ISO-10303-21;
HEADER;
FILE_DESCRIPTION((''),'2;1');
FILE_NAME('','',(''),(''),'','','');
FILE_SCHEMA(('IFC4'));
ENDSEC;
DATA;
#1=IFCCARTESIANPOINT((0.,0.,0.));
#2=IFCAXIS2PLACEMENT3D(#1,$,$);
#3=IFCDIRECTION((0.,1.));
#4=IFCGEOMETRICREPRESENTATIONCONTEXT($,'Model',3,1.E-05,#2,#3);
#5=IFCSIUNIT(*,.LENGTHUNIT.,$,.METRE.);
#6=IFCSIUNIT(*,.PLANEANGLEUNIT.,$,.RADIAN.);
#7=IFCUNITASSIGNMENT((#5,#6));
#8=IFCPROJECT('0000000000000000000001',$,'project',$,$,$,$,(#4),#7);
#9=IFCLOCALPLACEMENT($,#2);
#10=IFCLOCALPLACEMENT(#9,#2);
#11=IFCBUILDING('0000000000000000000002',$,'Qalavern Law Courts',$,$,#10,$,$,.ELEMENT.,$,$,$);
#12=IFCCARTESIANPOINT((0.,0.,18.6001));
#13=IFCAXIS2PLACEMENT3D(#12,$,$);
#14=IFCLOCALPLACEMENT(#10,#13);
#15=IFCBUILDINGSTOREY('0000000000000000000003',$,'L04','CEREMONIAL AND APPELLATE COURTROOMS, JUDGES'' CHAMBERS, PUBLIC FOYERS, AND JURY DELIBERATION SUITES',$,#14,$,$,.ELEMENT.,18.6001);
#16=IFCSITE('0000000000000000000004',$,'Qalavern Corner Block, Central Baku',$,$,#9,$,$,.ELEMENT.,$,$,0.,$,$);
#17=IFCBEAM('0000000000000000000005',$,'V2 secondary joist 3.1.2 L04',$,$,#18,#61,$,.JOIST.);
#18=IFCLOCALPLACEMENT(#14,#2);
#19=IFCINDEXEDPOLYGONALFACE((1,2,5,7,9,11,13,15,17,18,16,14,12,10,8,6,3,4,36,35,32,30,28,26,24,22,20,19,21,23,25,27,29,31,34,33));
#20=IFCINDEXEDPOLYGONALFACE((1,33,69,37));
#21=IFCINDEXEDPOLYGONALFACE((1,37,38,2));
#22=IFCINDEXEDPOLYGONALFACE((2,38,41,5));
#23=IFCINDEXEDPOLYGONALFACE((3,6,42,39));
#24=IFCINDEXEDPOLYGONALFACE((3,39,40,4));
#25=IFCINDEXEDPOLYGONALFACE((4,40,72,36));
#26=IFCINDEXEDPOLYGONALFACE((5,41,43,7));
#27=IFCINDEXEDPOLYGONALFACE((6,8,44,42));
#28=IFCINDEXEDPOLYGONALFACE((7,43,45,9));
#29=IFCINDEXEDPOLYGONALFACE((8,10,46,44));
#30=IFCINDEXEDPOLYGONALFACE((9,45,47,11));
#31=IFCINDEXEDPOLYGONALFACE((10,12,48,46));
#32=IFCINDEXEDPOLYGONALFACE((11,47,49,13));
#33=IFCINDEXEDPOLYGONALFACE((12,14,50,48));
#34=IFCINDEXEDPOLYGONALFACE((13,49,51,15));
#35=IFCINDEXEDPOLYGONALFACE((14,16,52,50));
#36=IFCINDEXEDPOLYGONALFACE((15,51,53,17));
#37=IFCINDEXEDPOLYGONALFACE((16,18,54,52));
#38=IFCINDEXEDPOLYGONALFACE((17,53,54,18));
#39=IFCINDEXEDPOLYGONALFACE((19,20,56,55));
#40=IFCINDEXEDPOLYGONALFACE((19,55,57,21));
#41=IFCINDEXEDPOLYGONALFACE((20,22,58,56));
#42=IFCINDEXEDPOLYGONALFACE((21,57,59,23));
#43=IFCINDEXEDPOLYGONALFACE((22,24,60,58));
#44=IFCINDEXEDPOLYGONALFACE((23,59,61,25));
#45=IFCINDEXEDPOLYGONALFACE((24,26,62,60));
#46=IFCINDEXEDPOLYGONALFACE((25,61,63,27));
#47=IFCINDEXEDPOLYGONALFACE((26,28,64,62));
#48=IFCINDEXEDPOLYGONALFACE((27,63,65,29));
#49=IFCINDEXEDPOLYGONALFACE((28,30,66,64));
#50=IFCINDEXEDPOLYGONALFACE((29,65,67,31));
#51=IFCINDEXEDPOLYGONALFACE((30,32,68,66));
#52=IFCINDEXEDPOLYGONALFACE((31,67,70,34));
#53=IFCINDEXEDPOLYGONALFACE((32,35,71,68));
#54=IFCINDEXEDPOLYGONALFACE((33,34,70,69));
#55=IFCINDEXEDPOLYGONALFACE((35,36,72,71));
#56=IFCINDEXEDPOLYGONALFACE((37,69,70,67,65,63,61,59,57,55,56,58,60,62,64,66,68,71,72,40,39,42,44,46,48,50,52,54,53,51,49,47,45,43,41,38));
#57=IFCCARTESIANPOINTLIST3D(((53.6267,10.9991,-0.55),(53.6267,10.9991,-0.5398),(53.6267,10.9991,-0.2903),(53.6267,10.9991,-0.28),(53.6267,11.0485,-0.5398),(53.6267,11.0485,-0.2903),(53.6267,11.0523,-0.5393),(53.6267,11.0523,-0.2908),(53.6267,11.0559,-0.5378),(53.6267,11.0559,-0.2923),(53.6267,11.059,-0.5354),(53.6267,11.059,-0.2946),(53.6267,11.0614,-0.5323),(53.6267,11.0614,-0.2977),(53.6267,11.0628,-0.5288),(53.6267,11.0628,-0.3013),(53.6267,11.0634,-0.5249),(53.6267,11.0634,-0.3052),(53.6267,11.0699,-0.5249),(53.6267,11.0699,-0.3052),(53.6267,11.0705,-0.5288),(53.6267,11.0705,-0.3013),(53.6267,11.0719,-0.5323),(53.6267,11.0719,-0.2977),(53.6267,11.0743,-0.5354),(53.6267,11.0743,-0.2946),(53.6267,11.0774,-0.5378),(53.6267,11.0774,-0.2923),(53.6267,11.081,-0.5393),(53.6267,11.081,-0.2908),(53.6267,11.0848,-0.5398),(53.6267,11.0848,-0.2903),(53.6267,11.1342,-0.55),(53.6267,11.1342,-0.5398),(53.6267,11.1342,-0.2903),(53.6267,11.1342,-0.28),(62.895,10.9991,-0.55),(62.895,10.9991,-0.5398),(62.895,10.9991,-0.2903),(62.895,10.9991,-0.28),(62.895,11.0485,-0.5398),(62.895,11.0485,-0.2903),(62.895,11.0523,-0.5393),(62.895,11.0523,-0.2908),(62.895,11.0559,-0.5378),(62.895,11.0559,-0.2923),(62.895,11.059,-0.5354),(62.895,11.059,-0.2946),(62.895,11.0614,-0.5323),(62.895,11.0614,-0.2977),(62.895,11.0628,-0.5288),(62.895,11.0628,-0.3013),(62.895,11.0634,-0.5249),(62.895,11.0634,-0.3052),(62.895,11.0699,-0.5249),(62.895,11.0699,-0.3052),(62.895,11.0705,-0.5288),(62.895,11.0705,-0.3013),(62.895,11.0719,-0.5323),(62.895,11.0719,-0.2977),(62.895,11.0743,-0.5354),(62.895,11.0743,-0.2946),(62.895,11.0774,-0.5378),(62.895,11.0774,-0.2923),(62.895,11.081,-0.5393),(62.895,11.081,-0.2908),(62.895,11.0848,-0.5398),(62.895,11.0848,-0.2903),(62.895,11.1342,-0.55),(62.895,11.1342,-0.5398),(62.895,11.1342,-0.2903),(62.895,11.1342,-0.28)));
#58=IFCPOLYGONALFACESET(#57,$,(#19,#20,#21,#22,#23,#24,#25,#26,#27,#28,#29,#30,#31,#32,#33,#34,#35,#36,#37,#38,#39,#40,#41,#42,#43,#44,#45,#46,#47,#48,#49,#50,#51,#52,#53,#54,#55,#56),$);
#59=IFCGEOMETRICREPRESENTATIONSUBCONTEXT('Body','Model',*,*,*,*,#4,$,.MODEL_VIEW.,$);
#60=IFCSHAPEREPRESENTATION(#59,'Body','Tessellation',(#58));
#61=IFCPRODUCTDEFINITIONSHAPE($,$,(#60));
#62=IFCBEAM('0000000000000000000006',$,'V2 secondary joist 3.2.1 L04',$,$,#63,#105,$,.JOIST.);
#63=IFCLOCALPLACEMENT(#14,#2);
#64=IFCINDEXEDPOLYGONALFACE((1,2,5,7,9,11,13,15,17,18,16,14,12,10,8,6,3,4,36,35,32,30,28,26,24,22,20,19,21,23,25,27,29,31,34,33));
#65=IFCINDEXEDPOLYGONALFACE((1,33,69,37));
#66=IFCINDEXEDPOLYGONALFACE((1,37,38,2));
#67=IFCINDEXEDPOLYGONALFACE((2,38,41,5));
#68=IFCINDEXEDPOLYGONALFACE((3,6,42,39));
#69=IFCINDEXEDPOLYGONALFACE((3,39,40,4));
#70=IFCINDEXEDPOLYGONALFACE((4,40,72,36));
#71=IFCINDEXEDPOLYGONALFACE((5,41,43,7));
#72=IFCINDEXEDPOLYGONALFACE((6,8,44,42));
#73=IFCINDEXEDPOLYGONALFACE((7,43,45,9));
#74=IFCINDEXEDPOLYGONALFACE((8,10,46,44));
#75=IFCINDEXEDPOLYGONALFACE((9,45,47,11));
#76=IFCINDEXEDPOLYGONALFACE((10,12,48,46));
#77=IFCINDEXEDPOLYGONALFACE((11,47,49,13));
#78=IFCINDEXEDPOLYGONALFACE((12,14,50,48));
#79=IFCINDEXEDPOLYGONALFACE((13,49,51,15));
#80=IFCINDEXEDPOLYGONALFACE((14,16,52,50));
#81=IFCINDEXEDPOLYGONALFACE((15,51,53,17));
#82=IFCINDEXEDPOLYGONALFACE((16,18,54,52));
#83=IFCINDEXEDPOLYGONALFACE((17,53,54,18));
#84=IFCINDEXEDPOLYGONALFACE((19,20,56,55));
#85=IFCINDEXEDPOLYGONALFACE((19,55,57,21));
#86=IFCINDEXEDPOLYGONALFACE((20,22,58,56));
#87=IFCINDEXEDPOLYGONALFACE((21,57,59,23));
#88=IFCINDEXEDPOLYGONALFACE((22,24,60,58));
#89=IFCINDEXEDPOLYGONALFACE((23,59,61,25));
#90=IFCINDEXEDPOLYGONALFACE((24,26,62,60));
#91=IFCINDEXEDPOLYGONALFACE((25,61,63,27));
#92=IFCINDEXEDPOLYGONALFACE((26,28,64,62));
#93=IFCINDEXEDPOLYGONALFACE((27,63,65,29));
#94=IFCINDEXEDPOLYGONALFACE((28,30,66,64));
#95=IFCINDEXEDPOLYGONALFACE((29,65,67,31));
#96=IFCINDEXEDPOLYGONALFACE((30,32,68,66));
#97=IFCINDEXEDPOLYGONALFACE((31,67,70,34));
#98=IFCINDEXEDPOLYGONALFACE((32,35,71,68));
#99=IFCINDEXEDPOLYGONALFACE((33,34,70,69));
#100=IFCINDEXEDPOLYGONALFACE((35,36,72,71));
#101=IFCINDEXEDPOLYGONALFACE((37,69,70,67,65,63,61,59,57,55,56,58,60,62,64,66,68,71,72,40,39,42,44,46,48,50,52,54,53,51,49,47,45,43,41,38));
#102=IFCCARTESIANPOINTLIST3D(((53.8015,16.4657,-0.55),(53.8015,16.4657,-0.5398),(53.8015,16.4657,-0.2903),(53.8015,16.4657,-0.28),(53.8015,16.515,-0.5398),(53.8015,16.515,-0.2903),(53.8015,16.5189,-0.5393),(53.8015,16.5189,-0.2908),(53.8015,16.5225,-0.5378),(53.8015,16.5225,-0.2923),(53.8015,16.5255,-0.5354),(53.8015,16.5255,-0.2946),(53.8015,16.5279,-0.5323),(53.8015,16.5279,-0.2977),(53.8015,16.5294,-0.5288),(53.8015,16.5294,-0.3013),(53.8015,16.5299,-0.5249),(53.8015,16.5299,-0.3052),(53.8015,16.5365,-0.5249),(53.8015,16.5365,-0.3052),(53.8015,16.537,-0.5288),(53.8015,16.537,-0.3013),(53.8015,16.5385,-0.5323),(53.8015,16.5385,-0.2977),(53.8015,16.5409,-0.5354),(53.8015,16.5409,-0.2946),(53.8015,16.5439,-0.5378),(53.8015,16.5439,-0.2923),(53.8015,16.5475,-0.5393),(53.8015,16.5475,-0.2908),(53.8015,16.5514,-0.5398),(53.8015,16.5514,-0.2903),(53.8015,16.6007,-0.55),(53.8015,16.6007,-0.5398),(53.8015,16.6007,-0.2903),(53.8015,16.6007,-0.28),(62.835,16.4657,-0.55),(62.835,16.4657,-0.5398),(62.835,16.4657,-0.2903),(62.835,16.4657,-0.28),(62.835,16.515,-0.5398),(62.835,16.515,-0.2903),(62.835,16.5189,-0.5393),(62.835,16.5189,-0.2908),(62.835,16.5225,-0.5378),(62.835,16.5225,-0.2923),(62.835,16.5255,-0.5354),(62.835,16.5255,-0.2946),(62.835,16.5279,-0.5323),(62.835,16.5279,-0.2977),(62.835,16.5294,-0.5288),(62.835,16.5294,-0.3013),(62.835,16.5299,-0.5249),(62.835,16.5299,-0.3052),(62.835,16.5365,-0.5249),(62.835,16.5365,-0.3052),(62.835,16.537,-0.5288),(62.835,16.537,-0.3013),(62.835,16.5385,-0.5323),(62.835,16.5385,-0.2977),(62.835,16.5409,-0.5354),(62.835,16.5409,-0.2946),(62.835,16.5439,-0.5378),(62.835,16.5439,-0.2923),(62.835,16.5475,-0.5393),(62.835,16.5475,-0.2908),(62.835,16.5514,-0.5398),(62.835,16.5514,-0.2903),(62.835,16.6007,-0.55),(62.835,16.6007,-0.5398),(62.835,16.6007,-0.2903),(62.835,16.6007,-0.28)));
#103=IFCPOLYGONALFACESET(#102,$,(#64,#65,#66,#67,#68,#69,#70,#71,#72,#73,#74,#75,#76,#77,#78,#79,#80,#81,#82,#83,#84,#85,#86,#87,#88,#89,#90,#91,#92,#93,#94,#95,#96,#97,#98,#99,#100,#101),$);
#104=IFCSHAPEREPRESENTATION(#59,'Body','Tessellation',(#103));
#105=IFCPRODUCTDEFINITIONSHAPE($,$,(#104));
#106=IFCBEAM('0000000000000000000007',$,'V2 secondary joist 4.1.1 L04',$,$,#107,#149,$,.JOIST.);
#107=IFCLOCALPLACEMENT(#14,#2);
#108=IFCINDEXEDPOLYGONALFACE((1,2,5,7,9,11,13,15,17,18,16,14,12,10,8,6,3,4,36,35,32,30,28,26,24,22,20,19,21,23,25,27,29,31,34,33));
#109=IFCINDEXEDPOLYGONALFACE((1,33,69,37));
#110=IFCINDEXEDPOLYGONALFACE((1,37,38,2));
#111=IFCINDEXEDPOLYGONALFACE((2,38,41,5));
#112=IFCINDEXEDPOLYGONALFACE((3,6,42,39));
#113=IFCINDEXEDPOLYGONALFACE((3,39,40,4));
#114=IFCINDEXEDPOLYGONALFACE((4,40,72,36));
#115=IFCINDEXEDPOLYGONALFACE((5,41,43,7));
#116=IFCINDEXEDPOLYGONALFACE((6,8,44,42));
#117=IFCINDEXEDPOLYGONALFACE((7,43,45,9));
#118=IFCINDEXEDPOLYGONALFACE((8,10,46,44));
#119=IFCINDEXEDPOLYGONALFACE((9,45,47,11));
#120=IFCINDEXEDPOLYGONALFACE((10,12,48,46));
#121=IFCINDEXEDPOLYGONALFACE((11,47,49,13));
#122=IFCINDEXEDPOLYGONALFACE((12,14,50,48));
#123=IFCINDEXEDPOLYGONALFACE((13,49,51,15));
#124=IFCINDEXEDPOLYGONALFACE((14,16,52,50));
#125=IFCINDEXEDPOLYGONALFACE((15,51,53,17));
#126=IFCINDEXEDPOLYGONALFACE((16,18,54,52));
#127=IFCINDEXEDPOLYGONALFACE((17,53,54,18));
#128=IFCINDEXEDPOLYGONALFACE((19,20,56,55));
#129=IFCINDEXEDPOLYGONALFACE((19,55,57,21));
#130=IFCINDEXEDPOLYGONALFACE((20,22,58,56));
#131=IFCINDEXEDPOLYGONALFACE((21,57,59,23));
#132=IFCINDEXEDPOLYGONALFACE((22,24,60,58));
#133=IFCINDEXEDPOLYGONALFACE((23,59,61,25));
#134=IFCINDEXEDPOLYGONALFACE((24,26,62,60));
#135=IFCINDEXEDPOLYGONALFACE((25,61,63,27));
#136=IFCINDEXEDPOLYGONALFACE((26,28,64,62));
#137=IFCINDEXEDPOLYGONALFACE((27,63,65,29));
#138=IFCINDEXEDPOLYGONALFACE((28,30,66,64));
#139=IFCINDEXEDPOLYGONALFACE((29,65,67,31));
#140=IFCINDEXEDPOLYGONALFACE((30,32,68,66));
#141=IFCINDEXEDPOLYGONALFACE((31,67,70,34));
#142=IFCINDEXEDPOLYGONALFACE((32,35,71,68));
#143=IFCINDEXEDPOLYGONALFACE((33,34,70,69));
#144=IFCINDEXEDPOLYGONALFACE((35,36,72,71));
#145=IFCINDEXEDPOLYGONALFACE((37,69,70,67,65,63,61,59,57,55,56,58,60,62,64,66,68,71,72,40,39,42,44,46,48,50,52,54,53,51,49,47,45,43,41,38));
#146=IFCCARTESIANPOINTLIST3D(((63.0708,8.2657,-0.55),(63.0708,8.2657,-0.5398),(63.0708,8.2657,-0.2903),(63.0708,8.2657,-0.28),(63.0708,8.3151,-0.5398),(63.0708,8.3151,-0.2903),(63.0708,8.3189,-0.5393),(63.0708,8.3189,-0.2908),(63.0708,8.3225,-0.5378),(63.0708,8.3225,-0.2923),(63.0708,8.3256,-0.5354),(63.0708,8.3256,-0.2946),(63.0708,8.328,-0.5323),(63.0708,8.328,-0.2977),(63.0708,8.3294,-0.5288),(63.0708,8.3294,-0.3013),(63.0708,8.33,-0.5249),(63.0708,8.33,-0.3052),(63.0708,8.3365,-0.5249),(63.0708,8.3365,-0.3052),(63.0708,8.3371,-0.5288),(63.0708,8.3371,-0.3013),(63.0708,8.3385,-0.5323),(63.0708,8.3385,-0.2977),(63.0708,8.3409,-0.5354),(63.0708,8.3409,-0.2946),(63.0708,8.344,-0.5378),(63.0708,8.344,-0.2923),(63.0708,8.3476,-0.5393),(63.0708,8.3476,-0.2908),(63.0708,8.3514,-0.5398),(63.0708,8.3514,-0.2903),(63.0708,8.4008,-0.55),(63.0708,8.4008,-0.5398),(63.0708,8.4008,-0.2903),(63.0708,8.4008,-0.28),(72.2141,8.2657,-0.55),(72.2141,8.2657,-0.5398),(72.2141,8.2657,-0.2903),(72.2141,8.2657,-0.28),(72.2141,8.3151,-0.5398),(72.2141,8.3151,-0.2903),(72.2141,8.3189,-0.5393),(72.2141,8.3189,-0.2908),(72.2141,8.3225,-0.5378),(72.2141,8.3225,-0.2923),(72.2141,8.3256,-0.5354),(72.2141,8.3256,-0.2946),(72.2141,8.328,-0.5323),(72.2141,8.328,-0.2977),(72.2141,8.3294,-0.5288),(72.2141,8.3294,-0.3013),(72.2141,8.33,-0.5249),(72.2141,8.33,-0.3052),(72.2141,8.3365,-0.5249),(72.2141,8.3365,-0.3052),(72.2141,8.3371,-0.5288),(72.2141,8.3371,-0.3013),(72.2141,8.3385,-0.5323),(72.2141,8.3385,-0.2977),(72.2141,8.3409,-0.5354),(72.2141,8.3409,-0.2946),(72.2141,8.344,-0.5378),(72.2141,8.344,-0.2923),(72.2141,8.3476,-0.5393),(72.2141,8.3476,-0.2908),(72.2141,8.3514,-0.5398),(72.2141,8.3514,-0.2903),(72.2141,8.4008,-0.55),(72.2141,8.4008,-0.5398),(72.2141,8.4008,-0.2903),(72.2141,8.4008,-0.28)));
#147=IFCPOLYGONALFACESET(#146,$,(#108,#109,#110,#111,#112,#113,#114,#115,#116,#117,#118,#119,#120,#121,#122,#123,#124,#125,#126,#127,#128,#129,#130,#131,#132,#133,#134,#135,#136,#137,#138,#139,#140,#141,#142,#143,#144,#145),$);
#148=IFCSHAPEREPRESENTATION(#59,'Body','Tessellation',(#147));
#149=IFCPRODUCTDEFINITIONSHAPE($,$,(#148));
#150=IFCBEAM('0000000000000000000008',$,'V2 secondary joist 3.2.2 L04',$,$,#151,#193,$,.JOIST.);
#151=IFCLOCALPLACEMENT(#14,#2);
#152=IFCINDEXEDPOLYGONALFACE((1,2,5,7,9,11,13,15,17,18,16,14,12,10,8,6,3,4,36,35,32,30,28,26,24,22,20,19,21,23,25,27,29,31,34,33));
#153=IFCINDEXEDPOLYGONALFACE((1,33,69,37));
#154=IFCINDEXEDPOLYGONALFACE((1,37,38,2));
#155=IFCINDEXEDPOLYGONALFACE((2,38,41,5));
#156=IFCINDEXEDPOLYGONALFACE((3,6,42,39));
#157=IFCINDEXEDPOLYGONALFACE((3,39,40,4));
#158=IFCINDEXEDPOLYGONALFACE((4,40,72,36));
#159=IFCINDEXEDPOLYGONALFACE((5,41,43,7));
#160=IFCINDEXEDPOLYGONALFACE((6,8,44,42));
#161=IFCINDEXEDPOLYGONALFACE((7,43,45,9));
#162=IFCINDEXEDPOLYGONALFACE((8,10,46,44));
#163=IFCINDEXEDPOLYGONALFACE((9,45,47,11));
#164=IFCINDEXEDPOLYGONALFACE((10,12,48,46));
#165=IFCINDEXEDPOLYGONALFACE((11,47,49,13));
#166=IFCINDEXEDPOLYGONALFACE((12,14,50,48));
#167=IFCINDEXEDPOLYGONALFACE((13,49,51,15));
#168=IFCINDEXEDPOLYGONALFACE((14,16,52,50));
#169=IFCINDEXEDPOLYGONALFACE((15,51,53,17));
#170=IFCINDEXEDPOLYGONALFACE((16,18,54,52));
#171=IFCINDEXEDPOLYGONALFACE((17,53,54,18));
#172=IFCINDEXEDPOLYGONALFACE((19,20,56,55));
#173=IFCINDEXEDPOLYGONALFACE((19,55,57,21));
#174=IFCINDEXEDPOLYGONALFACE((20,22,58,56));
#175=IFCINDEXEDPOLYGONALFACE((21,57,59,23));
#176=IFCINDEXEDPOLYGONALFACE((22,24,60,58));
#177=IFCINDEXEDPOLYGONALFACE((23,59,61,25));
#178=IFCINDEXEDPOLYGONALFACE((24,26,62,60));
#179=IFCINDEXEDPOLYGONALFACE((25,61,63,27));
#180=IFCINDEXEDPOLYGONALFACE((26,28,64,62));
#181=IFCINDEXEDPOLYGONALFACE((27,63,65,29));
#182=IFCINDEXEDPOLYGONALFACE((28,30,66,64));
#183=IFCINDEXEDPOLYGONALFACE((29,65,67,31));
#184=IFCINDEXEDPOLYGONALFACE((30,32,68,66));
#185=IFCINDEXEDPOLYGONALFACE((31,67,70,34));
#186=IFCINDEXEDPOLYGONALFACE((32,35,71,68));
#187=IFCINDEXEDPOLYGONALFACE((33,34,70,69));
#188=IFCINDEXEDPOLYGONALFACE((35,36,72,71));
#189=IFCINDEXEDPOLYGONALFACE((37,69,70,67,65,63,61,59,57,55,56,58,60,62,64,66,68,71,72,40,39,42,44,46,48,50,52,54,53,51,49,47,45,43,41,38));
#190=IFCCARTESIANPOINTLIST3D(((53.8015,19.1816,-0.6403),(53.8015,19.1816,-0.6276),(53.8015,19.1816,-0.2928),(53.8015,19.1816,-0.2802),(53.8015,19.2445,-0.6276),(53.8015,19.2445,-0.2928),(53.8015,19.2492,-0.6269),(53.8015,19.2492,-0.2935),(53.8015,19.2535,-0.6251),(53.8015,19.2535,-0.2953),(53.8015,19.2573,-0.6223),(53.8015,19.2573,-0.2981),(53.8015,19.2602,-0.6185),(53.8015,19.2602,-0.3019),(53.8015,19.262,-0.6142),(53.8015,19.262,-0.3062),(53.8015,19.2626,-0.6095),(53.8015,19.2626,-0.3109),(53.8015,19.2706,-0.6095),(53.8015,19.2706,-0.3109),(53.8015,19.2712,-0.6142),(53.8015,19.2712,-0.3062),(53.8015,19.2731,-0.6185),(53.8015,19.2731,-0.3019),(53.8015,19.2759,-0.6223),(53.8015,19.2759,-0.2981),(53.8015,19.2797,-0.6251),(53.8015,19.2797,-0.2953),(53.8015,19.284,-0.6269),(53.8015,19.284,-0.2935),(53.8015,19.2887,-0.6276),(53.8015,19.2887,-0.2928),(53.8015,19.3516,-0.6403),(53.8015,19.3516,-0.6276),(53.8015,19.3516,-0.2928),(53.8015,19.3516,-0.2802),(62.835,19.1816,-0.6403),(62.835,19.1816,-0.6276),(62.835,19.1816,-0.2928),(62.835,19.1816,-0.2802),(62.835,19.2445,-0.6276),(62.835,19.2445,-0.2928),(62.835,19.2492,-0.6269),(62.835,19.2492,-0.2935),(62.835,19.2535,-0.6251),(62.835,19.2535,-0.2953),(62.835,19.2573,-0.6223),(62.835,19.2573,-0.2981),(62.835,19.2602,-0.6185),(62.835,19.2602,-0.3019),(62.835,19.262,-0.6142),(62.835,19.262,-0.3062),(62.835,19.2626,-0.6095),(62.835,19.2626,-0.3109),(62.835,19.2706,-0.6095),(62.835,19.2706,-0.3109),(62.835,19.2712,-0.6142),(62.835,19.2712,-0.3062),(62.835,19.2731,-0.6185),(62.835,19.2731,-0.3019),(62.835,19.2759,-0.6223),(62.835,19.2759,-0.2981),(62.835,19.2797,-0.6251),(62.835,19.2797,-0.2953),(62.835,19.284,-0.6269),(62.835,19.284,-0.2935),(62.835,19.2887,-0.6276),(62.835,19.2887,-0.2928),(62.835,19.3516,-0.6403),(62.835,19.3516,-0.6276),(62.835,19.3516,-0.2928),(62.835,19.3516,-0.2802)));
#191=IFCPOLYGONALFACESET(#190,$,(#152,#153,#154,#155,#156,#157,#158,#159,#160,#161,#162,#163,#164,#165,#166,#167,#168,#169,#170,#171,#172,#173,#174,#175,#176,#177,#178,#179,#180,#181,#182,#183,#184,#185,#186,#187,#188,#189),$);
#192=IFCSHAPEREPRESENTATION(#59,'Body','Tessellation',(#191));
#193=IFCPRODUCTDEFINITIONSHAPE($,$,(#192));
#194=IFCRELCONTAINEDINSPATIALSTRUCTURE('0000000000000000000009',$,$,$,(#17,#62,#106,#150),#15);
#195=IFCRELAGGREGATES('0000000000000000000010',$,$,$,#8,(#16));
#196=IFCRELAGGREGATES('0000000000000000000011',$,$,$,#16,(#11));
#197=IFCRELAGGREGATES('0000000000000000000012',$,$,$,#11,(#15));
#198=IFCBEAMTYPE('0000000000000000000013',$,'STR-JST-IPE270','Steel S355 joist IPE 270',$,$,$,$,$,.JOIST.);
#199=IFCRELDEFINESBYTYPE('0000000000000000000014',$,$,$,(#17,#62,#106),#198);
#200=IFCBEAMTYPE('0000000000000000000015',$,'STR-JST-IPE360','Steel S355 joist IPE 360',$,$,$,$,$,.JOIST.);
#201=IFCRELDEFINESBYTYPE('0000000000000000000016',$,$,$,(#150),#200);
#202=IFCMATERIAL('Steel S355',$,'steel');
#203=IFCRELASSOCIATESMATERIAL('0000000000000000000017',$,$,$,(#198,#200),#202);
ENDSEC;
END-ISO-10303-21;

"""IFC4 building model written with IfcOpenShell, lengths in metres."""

from ifc_helpers import new_model, si_unit, direction, frame, origin, origin_2d, place, context, subcontext, project, spatial, i_section, extrude, material, material_profile, profile_set, type_object, element, save


model = new_model("IFC4")

# Units and contexts
model_context = context("Model", 3, precision=1e-05, world=origin(), true_north=direction((0.0, 1.0)))
body_context = subcontext(model_context, "Body", "Model", "MODEL_VIEW")
ifc_project = project(units=[si_unit("LENGTHUNIT", "METRE"), si_unit("PLANEANGLEUNIT", "RADIAN")], contexts=[model_context])

# Site, building, storey
site_placement = place(None, origin())
site = spatial("IfcSite", under=ifc_project, at=site_placement, Name="Qalavern Corner Block, Central Baku", CompositionType="ELEMENT", RefElevation=0.0)
building_placement = place(site_placement, origin())
building = spatial("IfcBuilding", under=site, at=building_placement, Name="Qalavern Law Courts", CompositionType="ELEMENT")
storey_placement = place(building_placement, frame((0.0, 0.0, 18.6001)))
storey = spatial("IfcBuildingStorey", under=building, at=storey_placement, Name="L04", Description="CEREMONIAL AND APPELLATE COURTROOMS, JUDGES' CHAMBERS, PUBLIC FOYERS, AND JURY DELIBERATION SUITES", CompositionType="ELEMENT", Elevation=18.6001)

# Beams
ifc_material_1 = material(Name="Steel S355", Category="steel")
ifc_material_profile_1 = material_profile(ifc_material_1, i_section(OverallWidth=0.135, OverallDepth=0.27, WebThickness=0.0066, FlangeThickness=0.0103, FilletRadius=0.0149, at=origin_2d()), Name="IPE 270")
ifc_profile_set_1 = profile_set([ifc_material_profile_1], Name="Steel S355")
beam_type_1 = type_object("IfcBeamType", Name="STR-JST-IPE270", Description="Steel S355 joist IPE 270", PredefinedType="JOIST", material=ifc_profile_set_1)
beam_1_placement = place(storey_placement, frame((53.6267, 11.0667, -0.415), z_axis=(1.0, 0.0, 0.0), x_axis=(0.0, 1.0, 0.0)))
element("IfcBeam", 1, at=beam_1_placement, inside=storey, type_object=beam_type_1, Name="V2 secondary joist 3.1.2 L04", PredefinedType="JOIST", context=body_context, shape_type="SweptSolid", body=[
    extrude(i_section(OverallWidth=0.135, OverallDepth=0.27, WebThickness=0.0066, FlangeThickness=0.0103, FilletRadius=0.0149, at=origin_2d()), origin(), (0.0, 0.0, 1.0), 9.2683),
])
beam_2_placement = place(storey_placement, frame((53.8015, 16.5332, -0.415), z_axis=(1.0, 0.0, 0.0), x_axis=(0.0, 1.0, 0.0)))
element("IfcBeam", 2, at=beam_2_placement, inside=storey, type_object=beam_type_1, Name="V2 secondary joist 3.2.1 L04", PredefinedType="JOIST", context=body_context, shape_type="SweptSolid", body=[
    extrude(i_section(OverallWidth=0.135, OverallDepth=0.27, WebThickness=0.0066, FlangeThickness=0.0103, FilletRadius=0.0149, at=origin_2d()), origin(), (0.0, 0.0, 1.0), 9.0334),
])
beam_3_placement = place(storey_placement, frame((63.0708, 8.3333, -0.415), z_axis=(1.0, 0.0, 0.0), x_axis=(0.0, 1.0, 0.0)))
element("IfcBeam", 3, at=beam_3_placement, inside=storey, type_object=beam_type_1, Name="V2 secondary joist 4.1.1 L04", PredefinedType="JOIST", context=body_context, shape_type="SweptSolid", body=[
    extrude(i_section(OverallWidth=0.135, OverallDepth=0.27, WebThickness=0.0066, FlangeThickness=0.0103, FilletRadius=0.0149, at=origin_2d()), origin(), (0.0, 0.0, 1.0), 9.1433),
])
ifc_material_profile_2 = material_profile(ifc_material_1, i_section(OverallWidth=0.1699, OverallDepth=0.3601, WebThickness=0.0081, FlangeThickness=0.0127, FilletRadius=0.0181, at=origin_2d()), Name="IPE 360")
ifc_profile_set_2 = profile_set([ifc_material_profile_2], Name="Steel S355")
beam_type_2 = type_object("IfcBeamType", Name="STR-JST-IPE360", Description="Steel S355 joist IPE 360", PredefinedType="JOIST", material=ifc_profile_set_2)
for number, where, z_axis, x_axis, name in (
    (4, (53.8015, 19.2666, -0.4602), (1.0, 0.0, 0.0), (0.0, 1.0, 0.0), "V2 secondary joist 3.2.2 L04"),
):
    element("IfcBeam", number, at=place(storey_placement, frame(where, z_axis=z_axis, x_axis=x_axis)), inside=storey, type_object=beam_type_2, Name=name, PredefinedType="JOIST", context=body_context, shape_type="SweptSolid", body=[
        extrude(i_section(OverallWidth=0.1699, OverallDepth=0.3601, WebThickness=0.0081, FlangeThickness=0.0127, FilletRadius=0.0181, at=origin_2d()), origin(), (0.0, 0.0, 1.0), 9.0334),
    ])

save(model, "model.ifc")
